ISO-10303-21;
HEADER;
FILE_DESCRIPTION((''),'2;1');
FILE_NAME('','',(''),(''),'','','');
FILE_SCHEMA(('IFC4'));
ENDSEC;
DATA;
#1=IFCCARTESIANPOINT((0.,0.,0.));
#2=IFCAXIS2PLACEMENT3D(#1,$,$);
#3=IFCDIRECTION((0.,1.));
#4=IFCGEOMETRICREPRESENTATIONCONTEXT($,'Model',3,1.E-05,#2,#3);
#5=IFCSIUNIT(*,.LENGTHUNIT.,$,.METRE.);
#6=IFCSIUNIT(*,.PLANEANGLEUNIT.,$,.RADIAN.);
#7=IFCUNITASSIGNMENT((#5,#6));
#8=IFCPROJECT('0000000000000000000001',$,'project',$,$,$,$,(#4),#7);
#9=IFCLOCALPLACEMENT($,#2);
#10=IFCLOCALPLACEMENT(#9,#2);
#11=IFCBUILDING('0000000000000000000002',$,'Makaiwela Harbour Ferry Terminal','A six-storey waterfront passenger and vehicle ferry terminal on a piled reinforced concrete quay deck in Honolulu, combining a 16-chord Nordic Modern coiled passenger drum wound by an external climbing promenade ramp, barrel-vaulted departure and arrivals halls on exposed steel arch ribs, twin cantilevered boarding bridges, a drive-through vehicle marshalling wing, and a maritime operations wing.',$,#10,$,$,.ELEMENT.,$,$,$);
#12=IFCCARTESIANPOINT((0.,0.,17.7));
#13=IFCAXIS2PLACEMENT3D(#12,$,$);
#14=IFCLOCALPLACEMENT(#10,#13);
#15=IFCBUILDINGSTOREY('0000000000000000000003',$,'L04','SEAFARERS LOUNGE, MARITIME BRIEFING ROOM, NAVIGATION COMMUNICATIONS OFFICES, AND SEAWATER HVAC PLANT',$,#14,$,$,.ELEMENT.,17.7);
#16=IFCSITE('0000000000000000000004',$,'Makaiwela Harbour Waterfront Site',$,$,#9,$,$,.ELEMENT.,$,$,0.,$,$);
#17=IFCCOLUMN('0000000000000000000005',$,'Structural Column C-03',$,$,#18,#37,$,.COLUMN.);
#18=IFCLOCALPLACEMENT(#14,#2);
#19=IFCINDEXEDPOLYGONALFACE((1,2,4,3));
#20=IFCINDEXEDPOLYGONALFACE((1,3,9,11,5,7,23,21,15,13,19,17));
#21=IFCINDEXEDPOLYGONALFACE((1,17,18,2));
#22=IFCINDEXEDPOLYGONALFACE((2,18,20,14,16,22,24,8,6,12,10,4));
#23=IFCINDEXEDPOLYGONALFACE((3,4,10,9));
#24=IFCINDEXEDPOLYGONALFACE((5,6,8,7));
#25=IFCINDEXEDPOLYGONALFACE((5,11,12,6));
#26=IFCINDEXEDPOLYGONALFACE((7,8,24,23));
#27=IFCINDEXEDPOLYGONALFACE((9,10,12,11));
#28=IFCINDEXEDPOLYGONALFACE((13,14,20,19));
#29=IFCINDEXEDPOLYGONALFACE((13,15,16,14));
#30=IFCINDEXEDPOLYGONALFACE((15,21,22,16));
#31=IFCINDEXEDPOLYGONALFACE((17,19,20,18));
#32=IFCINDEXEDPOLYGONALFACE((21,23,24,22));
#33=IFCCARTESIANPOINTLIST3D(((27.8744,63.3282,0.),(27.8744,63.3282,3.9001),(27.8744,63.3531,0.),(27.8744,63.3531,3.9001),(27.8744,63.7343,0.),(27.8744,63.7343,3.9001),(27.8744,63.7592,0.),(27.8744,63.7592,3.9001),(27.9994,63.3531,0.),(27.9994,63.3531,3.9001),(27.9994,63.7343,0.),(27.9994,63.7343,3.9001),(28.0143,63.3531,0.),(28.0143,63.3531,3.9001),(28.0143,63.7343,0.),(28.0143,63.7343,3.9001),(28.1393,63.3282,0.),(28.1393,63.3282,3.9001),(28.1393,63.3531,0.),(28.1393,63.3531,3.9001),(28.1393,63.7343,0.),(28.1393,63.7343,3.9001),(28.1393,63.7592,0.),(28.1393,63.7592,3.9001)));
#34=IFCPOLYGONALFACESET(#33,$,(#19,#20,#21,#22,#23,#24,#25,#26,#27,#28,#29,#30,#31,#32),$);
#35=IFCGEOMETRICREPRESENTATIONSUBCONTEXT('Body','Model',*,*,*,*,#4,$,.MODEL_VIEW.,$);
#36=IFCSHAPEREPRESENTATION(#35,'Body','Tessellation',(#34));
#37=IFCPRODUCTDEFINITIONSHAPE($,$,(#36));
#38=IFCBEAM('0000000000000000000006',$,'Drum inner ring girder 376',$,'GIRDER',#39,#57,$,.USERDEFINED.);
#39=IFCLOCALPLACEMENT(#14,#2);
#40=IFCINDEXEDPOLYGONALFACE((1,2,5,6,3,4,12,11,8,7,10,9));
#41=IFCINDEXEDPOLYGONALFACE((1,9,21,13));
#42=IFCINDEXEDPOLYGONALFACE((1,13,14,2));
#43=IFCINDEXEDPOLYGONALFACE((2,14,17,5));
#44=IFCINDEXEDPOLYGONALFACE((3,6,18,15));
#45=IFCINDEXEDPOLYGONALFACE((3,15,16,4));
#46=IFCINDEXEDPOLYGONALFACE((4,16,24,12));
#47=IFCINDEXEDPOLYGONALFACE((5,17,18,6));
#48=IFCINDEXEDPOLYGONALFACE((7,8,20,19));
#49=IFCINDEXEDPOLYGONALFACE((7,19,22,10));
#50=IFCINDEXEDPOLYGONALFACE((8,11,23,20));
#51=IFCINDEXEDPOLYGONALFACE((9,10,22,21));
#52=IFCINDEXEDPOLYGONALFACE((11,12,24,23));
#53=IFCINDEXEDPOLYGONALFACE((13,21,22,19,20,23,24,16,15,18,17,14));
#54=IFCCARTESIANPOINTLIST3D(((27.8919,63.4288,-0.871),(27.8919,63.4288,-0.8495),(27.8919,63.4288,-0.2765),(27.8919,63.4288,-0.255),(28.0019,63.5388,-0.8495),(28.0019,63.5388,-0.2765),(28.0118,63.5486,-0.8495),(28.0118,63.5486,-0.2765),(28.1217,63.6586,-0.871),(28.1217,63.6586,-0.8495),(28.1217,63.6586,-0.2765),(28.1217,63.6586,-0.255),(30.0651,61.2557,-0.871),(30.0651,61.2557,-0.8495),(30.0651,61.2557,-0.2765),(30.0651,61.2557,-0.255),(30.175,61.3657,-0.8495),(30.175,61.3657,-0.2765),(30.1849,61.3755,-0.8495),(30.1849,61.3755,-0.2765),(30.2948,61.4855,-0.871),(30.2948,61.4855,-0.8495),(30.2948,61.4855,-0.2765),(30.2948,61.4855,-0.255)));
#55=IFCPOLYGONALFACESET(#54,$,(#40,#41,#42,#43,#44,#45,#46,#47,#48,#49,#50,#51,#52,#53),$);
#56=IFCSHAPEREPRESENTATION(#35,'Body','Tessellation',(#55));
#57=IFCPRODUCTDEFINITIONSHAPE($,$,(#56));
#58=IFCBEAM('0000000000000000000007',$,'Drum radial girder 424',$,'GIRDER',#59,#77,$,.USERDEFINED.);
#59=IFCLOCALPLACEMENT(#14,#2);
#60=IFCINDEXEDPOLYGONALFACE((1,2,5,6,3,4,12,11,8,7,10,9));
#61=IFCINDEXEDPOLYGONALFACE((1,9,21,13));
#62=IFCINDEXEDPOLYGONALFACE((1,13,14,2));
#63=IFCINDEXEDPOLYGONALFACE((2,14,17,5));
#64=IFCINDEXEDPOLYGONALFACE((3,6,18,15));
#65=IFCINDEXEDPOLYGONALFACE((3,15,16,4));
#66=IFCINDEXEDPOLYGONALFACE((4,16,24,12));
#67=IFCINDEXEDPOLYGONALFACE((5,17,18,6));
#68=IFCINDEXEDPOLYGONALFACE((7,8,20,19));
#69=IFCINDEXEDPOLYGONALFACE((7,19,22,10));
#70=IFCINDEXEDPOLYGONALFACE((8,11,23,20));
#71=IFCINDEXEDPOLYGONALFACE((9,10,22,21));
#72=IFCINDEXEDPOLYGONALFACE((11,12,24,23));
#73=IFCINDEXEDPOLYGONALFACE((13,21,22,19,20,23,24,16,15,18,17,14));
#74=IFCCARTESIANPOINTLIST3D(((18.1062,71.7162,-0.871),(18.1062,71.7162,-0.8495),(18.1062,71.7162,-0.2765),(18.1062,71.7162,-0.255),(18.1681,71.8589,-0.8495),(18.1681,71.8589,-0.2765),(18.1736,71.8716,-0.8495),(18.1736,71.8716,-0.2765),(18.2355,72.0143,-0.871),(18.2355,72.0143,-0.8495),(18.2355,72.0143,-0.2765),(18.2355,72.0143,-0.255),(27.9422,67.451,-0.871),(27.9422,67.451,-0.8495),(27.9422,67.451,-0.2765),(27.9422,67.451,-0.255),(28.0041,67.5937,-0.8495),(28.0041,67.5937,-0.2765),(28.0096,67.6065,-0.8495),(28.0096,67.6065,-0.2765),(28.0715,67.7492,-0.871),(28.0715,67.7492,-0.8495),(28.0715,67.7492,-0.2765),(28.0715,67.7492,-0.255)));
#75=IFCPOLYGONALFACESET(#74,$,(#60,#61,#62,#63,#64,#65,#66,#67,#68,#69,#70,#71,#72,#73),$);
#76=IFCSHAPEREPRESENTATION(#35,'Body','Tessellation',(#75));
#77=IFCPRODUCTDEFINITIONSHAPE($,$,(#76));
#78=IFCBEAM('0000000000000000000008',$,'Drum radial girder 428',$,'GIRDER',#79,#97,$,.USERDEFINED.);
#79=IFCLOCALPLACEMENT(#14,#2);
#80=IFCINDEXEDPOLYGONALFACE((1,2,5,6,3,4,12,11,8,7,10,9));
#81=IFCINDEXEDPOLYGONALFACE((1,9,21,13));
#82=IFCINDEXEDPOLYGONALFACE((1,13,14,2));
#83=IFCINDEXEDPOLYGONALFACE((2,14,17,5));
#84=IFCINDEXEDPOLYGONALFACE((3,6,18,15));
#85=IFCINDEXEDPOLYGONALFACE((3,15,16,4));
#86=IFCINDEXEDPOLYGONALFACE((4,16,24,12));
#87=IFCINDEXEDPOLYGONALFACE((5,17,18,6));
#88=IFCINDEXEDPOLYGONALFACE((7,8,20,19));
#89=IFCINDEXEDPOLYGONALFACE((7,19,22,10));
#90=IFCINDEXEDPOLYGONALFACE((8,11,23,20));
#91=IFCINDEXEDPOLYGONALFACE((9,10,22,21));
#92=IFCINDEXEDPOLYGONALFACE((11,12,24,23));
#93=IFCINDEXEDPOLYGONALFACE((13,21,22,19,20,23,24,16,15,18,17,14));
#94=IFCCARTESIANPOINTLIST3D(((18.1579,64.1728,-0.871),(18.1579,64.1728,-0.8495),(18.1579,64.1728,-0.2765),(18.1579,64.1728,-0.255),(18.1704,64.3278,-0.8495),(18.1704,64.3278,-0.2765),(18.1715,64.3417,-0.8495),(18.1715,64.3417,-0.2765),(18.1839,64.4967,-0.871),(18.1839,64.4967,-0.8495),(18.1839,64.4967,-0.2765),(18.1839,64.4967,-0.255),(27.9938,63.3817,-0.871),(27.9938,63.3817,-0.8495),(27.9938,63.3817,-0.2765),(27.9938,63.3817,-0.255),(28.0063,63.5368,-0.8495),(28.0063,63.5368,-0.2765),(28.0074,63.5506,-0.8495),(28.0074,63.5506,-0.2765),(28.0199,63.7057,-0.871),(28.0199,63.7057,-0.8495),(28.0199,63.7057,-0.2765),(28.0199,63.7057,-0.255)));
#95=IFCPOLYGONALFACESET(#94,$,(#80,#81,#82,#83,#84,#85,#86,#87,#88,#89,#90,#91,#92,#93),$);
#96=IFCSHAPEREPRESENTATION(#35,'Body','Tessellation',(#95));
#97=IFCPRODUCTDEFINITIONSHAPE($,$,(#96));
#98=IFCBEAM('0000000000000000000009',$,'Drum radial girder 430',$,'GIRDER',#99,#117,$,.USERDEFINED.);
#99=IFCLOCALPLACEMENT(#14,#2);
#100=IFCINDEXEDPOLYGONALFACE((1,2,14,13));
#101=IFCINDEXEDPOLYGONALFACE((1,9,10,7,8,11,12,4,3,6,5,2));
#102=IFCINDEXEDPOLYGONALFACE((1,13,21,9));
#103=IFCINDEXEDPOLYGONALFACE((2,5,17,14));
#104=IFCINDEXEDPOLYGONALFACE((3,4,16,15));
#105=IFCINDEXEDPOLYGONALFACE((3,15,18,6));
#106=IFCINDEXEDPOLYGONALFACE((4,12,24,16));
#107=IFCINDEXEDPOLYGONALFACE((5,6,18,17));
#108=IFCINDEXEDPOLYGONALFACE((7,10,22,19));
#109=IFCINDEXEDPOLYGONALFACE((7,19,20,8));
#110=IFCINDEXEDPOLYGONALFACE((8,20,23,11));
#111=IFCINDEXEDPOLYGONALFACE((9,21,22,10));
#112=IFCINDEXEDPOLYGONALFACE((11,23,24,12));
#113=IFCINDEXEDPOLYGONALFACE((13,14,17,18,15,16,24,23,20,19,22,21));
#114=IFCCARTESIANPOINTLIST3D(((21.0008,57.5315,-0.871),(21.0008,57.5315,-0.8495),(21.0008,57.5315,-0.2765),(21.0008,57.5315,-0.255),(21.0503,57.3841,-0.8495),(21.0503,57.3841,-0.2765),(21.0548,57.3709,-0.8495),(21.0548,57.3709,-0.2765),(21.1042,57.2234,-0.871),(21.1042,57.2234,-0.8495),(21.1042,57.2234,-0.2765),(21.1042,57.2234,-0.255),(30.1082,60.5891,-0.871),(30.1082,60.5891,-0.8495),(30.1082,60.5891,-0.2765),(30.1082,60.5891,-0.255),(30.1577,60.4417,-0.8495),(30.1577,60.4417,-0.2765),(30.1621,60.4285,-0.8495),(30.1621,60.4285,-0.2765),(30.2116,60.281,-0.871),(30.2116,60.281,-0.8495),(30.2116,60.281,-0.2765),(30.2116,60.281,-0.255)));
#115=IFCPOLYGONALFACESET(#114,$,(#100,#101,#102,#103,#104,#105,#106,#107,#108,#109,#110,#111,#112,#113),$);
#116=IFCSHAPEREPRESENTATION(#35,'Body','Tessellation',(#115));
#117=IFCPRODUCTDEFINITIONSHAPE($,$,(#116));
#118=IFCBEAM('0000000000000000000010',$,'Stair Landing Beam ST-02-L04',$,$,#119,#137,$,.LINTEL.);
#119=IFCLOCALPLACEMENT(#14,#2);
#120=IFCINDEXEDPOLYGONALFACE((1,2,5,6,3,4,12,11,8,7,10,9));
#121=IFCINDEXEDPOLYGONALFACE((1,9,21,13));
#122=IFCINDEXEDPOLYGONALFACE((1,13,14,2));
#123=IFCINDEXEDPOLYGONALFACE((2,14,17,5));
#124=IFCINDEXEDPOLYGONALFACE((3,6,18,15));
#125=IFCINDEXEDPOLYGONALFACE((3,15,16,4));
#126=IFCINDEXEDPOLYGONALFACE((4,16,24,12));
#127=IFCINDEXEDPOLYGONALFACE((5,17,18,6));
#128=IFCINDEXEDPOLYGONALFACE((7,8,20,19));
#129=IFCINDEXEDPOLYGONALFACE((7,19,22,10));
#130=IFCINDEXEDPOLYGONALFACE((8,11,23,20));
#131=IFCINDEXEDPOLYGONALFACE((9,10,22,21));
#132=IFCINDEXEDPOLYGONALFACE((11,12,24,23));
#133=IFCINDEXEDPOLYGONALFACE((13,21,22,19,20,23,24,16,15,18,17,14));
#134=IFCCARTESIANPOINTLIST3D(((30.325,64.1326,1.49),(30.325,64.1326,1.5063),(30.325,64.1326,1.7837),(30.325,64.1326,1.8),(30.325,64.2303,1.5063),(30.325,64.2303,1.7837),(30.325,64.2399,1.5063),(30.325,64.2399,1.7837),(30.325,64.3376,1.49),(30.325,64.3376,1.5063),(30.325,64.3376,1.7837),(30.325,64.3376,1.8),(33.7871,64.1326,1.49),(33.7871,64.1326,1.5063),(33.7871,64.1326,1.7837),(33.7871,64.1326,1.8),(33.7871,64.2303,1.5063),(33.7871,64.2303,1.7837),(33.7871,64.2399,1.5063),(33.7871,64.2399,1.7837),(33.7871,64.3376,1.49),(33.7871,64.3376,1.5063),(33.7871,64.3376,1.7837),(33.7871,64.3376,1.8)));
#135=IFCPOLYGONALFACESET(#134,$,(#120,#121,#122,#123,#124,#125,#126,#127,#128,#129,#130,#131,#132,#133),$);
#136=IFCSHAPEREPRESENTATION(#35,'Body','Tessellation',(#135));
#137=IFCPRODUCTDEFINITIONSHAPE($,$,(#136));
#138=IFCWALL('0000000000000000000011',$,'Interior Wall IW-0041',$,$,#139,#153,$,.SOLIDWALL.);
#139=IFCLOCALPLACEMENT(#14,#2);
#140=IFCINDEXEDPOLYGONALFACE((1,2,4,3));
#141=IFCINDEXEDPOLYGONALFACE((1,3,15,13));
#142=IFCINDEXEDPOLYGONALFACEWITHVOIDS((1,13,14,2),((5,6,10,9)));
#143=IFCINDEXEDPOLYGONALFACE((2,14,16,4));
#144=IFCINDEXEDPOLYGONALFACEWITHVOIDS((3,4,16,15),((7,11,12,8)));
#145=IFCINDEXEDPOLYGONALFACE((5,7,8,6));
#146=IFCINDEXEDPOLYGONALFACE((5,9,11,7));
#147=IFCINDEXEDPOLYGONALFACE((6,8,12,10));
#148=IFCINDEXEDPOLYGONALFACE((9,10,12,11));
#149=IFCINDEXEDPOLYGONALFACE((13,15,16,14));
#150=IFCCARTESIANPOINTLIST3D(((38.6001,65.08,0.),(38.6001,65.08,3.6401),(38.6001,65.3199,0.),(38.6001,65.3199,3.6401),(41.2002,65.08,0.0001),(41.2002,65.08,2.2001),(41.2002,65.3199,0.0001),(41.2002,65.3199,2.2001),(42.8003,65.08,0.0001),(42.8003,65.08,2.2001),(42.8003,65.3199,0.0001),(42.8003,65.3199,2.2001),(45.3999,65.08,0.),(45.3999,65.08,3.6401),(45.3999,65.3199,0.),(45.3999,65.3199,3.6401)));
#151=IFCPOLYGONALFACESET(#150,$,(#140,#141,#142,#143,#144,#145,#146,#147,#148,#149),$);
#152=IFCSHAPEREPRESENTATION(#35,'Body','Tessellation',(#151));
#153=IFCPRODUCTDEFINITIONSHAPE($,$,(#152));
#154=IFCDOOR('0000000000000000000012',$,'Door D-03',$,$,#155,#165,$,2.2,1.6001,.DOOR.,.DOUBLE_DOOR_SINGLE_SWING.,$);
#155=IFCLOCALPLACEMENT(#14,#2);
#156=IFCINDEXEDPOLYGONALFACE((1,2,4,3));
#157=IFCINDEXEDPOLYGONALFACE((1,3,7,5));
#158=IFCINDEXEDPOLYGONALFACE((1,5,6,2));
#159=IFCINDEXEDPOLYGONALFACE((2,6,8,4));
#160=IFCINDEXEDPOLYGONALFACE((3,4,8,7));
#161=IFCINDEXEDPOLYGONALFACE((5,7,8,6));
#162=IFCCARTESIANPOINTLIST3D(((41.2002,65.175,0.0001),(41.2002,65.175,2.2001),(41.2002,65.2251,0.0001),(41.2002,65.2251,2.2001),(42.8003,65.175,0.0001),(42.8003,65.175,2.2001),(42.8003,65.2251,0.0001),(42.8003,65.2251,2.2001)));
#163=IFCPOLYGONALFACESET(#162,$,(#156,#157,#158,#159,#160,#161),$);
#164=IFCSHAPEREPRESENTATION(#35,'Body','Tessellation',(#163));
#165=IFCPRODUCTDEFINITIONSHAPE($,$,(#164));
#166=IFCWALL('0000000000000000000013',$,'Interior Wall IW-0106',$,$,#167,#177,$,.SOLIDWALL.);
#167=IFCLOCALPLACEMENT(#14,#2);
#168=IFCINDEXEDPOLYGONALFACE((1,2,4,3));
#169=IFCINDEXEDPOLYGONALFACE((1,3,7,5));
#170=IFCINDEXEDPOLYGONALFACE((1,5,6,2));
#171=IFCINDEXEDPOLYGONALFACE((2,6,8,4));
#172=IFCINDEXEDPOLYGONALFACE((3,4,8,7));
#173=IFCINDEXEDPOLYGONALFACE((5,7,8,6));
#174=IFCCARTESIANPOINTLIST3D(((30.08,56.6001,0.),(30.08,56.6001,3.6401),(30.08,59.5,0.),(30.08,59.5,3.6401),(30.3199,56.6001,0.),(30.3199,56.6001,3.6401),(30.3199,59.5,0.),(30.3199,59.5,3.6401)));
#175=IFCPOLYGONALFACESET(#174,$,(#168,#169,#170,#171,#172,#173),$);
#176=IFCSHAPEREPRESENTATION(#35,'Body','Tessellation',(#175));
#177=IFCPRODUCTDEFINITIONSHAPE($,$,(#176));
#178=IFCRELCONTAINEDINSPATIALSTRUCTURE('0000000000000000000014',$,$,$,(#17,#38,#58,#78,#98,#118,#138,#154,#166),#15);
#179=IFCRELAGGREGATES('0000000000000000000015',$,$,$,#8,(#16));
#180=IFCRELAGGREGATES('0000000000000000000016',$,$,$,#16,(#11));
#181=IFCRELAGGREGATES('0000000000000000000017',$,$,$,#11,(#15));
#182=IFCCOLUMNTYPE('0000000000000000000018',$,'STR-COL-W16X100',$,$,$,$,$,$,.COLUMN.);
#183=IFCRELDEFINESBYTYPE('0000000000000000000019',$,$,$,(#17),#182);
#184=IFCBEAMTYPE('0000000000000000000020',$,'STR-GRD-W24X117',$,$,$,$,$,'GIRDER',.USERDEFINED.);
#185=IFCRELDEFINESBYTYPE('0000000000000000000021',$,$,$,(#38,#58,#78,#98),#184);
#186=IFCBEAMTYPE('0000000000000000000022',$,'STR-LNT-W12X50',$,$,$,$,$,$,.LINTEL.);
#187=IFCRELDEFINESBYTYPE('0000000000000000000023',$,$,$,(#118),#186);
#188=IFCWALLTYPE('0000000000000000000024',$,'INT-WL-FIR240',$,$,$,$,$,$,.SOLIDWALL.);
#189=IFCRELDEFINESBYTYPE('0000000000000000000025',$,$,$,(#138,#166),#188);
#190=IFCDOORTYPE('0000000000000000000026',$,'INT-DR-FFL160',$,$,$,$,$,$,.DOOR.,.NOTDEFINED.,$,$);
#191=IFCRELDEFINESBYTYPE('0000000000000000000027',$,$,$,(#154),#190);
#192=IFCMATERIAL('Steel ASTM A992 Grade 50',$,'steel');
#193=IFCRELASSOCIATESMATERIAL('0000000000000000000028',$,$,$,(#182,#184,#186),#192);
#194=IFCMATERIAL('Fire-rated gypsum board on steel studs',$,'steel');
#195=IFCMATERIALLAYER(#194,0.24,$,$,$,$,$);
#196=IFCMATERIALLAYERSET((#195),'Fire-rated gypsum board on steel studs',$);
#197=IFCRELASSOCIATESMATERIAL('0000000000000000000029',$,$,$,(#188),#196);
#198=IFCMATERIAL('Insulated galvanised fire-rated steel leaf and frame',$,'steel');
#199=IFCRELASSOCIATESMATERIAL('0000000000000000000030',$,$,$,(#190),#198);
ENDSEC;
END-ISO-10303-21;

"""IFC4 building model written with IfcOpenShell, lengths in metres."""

from ifc_helpers import new_model, si_unit, direction, frame, frame_2d, origin, origin_2d, place, context, subcontext, project, spatial, rectangle, i_section, extrude, material, layer, layer_set, material_profile, profile_set, type_object, element, fill, save


model = new_model("IFC4")

# Units and contexts
model_context = context("Model", 3, precision=1e-05, world=origin(), true_north=direction((0.0, 1.0)))
body_context = subcontext(model_context, "Body", "Model", "MODEL_VIEW")
ifc_project = project(units=[si_unit("LENGTHUNIT", "METRE"), si_unit("PLANEANGLEUNIT", "RADIAN")], contexts=[model_context])

# Site, building, storey
site_placement = place(None, origin())
site = spatial("IfcSite", under=ifc_project, at=site_placement, Name="Makaiwela Harbour Waterfront Site", CompositionType="ELEMENT", RefElevation=0.0)
building_placement = place(site_placement, origin())
building = spatial("IfcBuilding", under=site, at=building_placement, Name="Makaiwela Harbour Ferry Terminal", Description="A six-storey waterfront passenger and vehicle ferry terminal on a piled reinforced concrete quay deck in Honolulu, combining a 16-chord Nordic Modern coiled passenger drum wound by an external climbing promenade ramp, barrel-vaulted departure and arrivals halls on exposed steel arch ribs, twin cantilevered boarding bridges, a drive-through vehicle marshalling wing, and a maritime operations wing.", CompositionType="ELEMENT")
storey_placement = place(building_placement, frame((0.0, 0.0, 17.7)))
storey = spatial("IfcBuildingStorey", under=building, at=storey_placement, Name="L04", Description="SEAFARERS LOUNGE, MARITIME BRIEFING ROOM, NAVIGATION COMMUNICATIONS OFFICES, AND SEAWATER HVAC PLANT", CompositionType="ELEMENT", Elevation=17.7)

# Column
ifc_material_1 = material(Name="Steel ASTM A992 Grade 50", Category="steel")
ifc_material_profile_1 = material_profile(ifc_material_1, i_section(OverallWidth=0.2649, OverallDepth=0.4309, WebThickness=0.0149, FlangeThickness=0.0249, at=origin_2d()), Name="W16X100")
ifc_profile_set_1 = profile_set([ifc_material_profile_1], Name="Steel ASTM A992 Grade 50")
column_type = type_object("IfcColumnType", Name="STR-COL-W16X100", PredefinedType="COLUMN", material=ifc_profile_set_1)
column_placement = place(storey_placement, frame((28.0068, 63.5437, 0.0), z_axis=(0.0, 0.0, 1.0), x_axis=(1.0, 0.0, 0.0)))
element("IfcColumn", 1, at=column_placement, inside=storey, type_object=column_type, Name="Structural Column C-03", PredefinedType="COLUMN", context=body_context, shape_type="SweptSolid", body=[
    extrude(i_section(OverallWidth=0.2649, OverallDepth=0.4309, WebThickness=0.0149, FlangeThickness=0.0249, at=origin_2d()), origin(), (0.0, 0.0, 1.0), 3.9001),
])

# Beams
ifc_material_profile_2 = material_profile(ifc_material_1, i_section(OverallWidth=0.325, OverallDepth=0.616, WebThickness=0.0139, FlangeThickness=0.0215, at=origin_2d()), Name="W24X117")
ifc_profile_set_2 = profile_set([ifc_material_profile_2], Name="Steel ASTM A992 Grade 50")
beam_type_1 = type_object("IfcBeamType", Name="STR-GRD-W24X117", ElementType="GIRDER", PredefinedType="USERDEFINED", material=ifc_profile_set_2)
beam_1_placement = place(storey_placement, frame((28.0068, 63.5437, -0.563), z_axis=(0.707107, -0.707107, 0.0), x_axis=(0.707107, 0.707107, 0.0)))
element("IfcBeam", 2, at=beam_1_placement, inside=storey, type_object=beam_type_1, Name="Drum inner ring girder 376", ObjectType="GIRDER", PredefinedType="USERDEFINED", context=body_context, shape_type="SweptSolid", body=[
    extrude(i_section(OverallWidth=0.325, OverallDepth=0.616, WebThickness=0.0139, FlangeThickness=0.0215, at=origin_2d()), origin(), (0.0, 0.0, 1.0), 3.0732),
])
beam_2_placement = place(storey_placement, frame((28.0068, 67.6001, -0.563), z_axis=(-0.917457, 0.397835, 0.0), x_axis=(-0.397835, -0.917457, 0.0)))
element("IfcBeam", 3, at=beam_2_placement, inside=storey, type_object=beam_type_1, Name="Drum radial girder 424", ObjectType="GIRDER", PredefinedType="USERDEFINED", context=body_context, shape_type="SweptSolid", body=[
    extrude(i_section(OverallWidth=0.325, OverallDepth=0.616, WebThickness=0.0139, FlangeThickness=0.0215, at=origin_2d()), origin(), (0.0, 0.0, 1.0), 10.7209),
])
beam_3_placement = place(storey_placement, frame((28.0068, 63.5437, -0.563), z_axis=(-0.996782, 0.080162, 0.0), x_axis=(-0.080162, -0.996782, 0.0)))
element("IfcBeam", 4, at=beam_3_placement, inside=storey, type_object=beam_type_1, Name="Drum radial girder 428", ObjectType="GIRDER", PredefinedType="USERDEFINED", context=body_context, shape_type="SweptSolid", body=[
    extrude(i_section(OverallWidth=0.325, OverallDepth=0.616, WebThickness=0.0139, FlangeThickness=0.0215, at=origin_2d()), origin(), (0.0, 0.0, 1.0), 9.8677),
])
beam_4_placement = place(storey_placement, frame((30.1599, 60.4351, -0.563), z_axis=(-0.948, -0.31827, 0.0), x_axis=(0.31827, -0.948, 0.0)))
element("IfcBeam", 5, at=beam_4_placement, inside=storey, type_object=beam_type_1, Name="Drum radial girder 430", ObjectType="GIRDER", PredefinedType="USERDEFINED", context=body_context, shape_type="SweptSolid", body=[
    extrude(i_section(OverallWidth=0.325, OverallDepth=0.616, WebThickness=0.0139, FlangeThickness=0.0215, at=origin_2d()), origin(), (0.0, 0.0, 1.0), 9.6069),
])
ifc_material_profile_3 = material_profile(ifc_material_1, i_section(OverallWidth=0.2051, OverallDepth=0.3101, WebThickness=0.0095, FlangeThickness=0.0164, at=origin_2d()), Name="W12X50")
ifc_profile_set_3 = profile_set([ifc_material_profile_3], Name="Steel ASTM A992 Grade 50")
beam_type_2 = type_object("IfcBeamType", Name="STR-LNT-W12X50", PredefinedType="LINTEL", material=ifc_profile_set_3)
beam_5_placement = place(storey_placement, frame((30.325, 64.2351, 1.645), z_axis=(1.0, 0.0, 0.0), x_axis=(0.0, 1.0, 0.0)))
element("IfcBeam", 6, at=beam_5_placement, inside=storey, type_object=beam_type_2, Name="Stair Landing Beam ST-02-L04", PredefinedType="LINTEL", context=body_context, shape_type="SweptSolid", body=[
    extrude(i_section(OverallWidth=0.2051, OverallDepth=0.3101, WebThickness=0.0095, FlangeThickness=0.0164, at=origin_2d()), origin(), (0.0, 0.0, 1.0), 3.4622),
])

# Wall, opening, door
ifc_material_2 = material(Name="Fire-rated gypsum board on steel studs", Category="steel")
ifc_layer_1 = layer(ifc_material_2, 0.24)
ifc_layer_set_1 = layer_set([ifc_layer_1], Name="Fire-rated gypsum board on steel studs")
wall_type_1 = type_object("IfcWallType", Name="INT-WL-FIR240", PredefinedType="SOLIDWALL", material=ifc_layer_set_1)
wall_1_placement = place(storey_placement, frame((38.6001, 65.2, 0.0), z_axis=(0.0, 0.0, 1.0), x_axis=(1.0, 0.0, 0.0)))
wall_1 = element("IfcWall", 7, at=wall_1_placement, inside=storey, type_object=wall_type_1, Name="Interior Wall IW-0041", PredefinedType="SOLIDWALL", context=body_context, shape_type="SweptSolid", body=[
    extrude(rectangle(XDim=6.7998, YDim=0.24, at=frame_2d((3.3999, 0.0))), origin(), (0.0, 0.0, 1.0), 3.6401),
])
opening_1_placement = place(wall_1_placement, frame((2.6001, 0.0, 0.0)))
opening_1 = element("IfcOpeningElement", 8, at=opening_1_placement, cuts=wall_1, PredefinedType="OPENING", context=body_context, shape_type="SweptSolid", body=[
    extrude(rectangle(XDim=1.6001, YDim=2.2, at=frame_2d((0.8, 1.1001))), frame((0.0, 0.1299, 0.0), z_axis=(0.0, -1.0, 0.0), x_axis=(1.0, 0.0, 0.0)), (0.0, 0.0, 1.0), 0.26),
])
ifc_material_3 = material(Name="Insulated galvanised fire-rated steel leaf and frame", Category="steel")
door_type_1 = type_object("IfcDoorType", Name="INT-DR-FFL160", OperationType="NOTDEFINED", PredefinedType="DOOR", material=ifc_material_3)
door_1_placement = place(opening_1_placement, frame((1.6001, 0.0, 0.0), z_axis=(0.0, 0.0, 1.0), x_axis=(-1.0, 0.0, 0.0)))
door_1 = element("IfcDoor", 9, at=door_1_placement, inside=storey, type_object=door_type_1, Name="Door D-03", OperationType="DOUBLE_DOOR_SINGLE_SWING", OverallHeight=2.2, OverallWidth=1.6001, PredefinedType="DOOR", context=body_context, shape_type="SweptSolid", body=[
    extrude(rectangle(XDim=1.6001, YDim=2.2, at=frame_2d((0.8, 1.1001))), frame((0.0, 0.0249, 0.0), z_axis=(0.0, -1.0, 0.0), x_axis=(1.0, 0.0, 0.0)), (0.0, 0.0, 1.0), 0.05),
])
fill(opening_1, door_1)

# Wall
wall_2_placement = place(storey_placement, frame((30.2, 59.5, 0.0), z_axis=(0.0, 0.0, 1.0), x_axis=(0.0, -1.0, 0.0)))
element("IfcWall", 10, at=wall_2_placement, inside=storey, type_object=wall_type_1, Name="Interior Wall IW-0106", PredefinedType="SOLIDWALL", context=body_context, shape_type="SweptSolid", body=[
    extrude(rectangle(XDim=2.8999, YDim=0.24, at=frame_2d((1.45, 0.0))), origin(), (0.0, 0.0, 1.0), 3.6401),
])

save(model, "model.ifc")
